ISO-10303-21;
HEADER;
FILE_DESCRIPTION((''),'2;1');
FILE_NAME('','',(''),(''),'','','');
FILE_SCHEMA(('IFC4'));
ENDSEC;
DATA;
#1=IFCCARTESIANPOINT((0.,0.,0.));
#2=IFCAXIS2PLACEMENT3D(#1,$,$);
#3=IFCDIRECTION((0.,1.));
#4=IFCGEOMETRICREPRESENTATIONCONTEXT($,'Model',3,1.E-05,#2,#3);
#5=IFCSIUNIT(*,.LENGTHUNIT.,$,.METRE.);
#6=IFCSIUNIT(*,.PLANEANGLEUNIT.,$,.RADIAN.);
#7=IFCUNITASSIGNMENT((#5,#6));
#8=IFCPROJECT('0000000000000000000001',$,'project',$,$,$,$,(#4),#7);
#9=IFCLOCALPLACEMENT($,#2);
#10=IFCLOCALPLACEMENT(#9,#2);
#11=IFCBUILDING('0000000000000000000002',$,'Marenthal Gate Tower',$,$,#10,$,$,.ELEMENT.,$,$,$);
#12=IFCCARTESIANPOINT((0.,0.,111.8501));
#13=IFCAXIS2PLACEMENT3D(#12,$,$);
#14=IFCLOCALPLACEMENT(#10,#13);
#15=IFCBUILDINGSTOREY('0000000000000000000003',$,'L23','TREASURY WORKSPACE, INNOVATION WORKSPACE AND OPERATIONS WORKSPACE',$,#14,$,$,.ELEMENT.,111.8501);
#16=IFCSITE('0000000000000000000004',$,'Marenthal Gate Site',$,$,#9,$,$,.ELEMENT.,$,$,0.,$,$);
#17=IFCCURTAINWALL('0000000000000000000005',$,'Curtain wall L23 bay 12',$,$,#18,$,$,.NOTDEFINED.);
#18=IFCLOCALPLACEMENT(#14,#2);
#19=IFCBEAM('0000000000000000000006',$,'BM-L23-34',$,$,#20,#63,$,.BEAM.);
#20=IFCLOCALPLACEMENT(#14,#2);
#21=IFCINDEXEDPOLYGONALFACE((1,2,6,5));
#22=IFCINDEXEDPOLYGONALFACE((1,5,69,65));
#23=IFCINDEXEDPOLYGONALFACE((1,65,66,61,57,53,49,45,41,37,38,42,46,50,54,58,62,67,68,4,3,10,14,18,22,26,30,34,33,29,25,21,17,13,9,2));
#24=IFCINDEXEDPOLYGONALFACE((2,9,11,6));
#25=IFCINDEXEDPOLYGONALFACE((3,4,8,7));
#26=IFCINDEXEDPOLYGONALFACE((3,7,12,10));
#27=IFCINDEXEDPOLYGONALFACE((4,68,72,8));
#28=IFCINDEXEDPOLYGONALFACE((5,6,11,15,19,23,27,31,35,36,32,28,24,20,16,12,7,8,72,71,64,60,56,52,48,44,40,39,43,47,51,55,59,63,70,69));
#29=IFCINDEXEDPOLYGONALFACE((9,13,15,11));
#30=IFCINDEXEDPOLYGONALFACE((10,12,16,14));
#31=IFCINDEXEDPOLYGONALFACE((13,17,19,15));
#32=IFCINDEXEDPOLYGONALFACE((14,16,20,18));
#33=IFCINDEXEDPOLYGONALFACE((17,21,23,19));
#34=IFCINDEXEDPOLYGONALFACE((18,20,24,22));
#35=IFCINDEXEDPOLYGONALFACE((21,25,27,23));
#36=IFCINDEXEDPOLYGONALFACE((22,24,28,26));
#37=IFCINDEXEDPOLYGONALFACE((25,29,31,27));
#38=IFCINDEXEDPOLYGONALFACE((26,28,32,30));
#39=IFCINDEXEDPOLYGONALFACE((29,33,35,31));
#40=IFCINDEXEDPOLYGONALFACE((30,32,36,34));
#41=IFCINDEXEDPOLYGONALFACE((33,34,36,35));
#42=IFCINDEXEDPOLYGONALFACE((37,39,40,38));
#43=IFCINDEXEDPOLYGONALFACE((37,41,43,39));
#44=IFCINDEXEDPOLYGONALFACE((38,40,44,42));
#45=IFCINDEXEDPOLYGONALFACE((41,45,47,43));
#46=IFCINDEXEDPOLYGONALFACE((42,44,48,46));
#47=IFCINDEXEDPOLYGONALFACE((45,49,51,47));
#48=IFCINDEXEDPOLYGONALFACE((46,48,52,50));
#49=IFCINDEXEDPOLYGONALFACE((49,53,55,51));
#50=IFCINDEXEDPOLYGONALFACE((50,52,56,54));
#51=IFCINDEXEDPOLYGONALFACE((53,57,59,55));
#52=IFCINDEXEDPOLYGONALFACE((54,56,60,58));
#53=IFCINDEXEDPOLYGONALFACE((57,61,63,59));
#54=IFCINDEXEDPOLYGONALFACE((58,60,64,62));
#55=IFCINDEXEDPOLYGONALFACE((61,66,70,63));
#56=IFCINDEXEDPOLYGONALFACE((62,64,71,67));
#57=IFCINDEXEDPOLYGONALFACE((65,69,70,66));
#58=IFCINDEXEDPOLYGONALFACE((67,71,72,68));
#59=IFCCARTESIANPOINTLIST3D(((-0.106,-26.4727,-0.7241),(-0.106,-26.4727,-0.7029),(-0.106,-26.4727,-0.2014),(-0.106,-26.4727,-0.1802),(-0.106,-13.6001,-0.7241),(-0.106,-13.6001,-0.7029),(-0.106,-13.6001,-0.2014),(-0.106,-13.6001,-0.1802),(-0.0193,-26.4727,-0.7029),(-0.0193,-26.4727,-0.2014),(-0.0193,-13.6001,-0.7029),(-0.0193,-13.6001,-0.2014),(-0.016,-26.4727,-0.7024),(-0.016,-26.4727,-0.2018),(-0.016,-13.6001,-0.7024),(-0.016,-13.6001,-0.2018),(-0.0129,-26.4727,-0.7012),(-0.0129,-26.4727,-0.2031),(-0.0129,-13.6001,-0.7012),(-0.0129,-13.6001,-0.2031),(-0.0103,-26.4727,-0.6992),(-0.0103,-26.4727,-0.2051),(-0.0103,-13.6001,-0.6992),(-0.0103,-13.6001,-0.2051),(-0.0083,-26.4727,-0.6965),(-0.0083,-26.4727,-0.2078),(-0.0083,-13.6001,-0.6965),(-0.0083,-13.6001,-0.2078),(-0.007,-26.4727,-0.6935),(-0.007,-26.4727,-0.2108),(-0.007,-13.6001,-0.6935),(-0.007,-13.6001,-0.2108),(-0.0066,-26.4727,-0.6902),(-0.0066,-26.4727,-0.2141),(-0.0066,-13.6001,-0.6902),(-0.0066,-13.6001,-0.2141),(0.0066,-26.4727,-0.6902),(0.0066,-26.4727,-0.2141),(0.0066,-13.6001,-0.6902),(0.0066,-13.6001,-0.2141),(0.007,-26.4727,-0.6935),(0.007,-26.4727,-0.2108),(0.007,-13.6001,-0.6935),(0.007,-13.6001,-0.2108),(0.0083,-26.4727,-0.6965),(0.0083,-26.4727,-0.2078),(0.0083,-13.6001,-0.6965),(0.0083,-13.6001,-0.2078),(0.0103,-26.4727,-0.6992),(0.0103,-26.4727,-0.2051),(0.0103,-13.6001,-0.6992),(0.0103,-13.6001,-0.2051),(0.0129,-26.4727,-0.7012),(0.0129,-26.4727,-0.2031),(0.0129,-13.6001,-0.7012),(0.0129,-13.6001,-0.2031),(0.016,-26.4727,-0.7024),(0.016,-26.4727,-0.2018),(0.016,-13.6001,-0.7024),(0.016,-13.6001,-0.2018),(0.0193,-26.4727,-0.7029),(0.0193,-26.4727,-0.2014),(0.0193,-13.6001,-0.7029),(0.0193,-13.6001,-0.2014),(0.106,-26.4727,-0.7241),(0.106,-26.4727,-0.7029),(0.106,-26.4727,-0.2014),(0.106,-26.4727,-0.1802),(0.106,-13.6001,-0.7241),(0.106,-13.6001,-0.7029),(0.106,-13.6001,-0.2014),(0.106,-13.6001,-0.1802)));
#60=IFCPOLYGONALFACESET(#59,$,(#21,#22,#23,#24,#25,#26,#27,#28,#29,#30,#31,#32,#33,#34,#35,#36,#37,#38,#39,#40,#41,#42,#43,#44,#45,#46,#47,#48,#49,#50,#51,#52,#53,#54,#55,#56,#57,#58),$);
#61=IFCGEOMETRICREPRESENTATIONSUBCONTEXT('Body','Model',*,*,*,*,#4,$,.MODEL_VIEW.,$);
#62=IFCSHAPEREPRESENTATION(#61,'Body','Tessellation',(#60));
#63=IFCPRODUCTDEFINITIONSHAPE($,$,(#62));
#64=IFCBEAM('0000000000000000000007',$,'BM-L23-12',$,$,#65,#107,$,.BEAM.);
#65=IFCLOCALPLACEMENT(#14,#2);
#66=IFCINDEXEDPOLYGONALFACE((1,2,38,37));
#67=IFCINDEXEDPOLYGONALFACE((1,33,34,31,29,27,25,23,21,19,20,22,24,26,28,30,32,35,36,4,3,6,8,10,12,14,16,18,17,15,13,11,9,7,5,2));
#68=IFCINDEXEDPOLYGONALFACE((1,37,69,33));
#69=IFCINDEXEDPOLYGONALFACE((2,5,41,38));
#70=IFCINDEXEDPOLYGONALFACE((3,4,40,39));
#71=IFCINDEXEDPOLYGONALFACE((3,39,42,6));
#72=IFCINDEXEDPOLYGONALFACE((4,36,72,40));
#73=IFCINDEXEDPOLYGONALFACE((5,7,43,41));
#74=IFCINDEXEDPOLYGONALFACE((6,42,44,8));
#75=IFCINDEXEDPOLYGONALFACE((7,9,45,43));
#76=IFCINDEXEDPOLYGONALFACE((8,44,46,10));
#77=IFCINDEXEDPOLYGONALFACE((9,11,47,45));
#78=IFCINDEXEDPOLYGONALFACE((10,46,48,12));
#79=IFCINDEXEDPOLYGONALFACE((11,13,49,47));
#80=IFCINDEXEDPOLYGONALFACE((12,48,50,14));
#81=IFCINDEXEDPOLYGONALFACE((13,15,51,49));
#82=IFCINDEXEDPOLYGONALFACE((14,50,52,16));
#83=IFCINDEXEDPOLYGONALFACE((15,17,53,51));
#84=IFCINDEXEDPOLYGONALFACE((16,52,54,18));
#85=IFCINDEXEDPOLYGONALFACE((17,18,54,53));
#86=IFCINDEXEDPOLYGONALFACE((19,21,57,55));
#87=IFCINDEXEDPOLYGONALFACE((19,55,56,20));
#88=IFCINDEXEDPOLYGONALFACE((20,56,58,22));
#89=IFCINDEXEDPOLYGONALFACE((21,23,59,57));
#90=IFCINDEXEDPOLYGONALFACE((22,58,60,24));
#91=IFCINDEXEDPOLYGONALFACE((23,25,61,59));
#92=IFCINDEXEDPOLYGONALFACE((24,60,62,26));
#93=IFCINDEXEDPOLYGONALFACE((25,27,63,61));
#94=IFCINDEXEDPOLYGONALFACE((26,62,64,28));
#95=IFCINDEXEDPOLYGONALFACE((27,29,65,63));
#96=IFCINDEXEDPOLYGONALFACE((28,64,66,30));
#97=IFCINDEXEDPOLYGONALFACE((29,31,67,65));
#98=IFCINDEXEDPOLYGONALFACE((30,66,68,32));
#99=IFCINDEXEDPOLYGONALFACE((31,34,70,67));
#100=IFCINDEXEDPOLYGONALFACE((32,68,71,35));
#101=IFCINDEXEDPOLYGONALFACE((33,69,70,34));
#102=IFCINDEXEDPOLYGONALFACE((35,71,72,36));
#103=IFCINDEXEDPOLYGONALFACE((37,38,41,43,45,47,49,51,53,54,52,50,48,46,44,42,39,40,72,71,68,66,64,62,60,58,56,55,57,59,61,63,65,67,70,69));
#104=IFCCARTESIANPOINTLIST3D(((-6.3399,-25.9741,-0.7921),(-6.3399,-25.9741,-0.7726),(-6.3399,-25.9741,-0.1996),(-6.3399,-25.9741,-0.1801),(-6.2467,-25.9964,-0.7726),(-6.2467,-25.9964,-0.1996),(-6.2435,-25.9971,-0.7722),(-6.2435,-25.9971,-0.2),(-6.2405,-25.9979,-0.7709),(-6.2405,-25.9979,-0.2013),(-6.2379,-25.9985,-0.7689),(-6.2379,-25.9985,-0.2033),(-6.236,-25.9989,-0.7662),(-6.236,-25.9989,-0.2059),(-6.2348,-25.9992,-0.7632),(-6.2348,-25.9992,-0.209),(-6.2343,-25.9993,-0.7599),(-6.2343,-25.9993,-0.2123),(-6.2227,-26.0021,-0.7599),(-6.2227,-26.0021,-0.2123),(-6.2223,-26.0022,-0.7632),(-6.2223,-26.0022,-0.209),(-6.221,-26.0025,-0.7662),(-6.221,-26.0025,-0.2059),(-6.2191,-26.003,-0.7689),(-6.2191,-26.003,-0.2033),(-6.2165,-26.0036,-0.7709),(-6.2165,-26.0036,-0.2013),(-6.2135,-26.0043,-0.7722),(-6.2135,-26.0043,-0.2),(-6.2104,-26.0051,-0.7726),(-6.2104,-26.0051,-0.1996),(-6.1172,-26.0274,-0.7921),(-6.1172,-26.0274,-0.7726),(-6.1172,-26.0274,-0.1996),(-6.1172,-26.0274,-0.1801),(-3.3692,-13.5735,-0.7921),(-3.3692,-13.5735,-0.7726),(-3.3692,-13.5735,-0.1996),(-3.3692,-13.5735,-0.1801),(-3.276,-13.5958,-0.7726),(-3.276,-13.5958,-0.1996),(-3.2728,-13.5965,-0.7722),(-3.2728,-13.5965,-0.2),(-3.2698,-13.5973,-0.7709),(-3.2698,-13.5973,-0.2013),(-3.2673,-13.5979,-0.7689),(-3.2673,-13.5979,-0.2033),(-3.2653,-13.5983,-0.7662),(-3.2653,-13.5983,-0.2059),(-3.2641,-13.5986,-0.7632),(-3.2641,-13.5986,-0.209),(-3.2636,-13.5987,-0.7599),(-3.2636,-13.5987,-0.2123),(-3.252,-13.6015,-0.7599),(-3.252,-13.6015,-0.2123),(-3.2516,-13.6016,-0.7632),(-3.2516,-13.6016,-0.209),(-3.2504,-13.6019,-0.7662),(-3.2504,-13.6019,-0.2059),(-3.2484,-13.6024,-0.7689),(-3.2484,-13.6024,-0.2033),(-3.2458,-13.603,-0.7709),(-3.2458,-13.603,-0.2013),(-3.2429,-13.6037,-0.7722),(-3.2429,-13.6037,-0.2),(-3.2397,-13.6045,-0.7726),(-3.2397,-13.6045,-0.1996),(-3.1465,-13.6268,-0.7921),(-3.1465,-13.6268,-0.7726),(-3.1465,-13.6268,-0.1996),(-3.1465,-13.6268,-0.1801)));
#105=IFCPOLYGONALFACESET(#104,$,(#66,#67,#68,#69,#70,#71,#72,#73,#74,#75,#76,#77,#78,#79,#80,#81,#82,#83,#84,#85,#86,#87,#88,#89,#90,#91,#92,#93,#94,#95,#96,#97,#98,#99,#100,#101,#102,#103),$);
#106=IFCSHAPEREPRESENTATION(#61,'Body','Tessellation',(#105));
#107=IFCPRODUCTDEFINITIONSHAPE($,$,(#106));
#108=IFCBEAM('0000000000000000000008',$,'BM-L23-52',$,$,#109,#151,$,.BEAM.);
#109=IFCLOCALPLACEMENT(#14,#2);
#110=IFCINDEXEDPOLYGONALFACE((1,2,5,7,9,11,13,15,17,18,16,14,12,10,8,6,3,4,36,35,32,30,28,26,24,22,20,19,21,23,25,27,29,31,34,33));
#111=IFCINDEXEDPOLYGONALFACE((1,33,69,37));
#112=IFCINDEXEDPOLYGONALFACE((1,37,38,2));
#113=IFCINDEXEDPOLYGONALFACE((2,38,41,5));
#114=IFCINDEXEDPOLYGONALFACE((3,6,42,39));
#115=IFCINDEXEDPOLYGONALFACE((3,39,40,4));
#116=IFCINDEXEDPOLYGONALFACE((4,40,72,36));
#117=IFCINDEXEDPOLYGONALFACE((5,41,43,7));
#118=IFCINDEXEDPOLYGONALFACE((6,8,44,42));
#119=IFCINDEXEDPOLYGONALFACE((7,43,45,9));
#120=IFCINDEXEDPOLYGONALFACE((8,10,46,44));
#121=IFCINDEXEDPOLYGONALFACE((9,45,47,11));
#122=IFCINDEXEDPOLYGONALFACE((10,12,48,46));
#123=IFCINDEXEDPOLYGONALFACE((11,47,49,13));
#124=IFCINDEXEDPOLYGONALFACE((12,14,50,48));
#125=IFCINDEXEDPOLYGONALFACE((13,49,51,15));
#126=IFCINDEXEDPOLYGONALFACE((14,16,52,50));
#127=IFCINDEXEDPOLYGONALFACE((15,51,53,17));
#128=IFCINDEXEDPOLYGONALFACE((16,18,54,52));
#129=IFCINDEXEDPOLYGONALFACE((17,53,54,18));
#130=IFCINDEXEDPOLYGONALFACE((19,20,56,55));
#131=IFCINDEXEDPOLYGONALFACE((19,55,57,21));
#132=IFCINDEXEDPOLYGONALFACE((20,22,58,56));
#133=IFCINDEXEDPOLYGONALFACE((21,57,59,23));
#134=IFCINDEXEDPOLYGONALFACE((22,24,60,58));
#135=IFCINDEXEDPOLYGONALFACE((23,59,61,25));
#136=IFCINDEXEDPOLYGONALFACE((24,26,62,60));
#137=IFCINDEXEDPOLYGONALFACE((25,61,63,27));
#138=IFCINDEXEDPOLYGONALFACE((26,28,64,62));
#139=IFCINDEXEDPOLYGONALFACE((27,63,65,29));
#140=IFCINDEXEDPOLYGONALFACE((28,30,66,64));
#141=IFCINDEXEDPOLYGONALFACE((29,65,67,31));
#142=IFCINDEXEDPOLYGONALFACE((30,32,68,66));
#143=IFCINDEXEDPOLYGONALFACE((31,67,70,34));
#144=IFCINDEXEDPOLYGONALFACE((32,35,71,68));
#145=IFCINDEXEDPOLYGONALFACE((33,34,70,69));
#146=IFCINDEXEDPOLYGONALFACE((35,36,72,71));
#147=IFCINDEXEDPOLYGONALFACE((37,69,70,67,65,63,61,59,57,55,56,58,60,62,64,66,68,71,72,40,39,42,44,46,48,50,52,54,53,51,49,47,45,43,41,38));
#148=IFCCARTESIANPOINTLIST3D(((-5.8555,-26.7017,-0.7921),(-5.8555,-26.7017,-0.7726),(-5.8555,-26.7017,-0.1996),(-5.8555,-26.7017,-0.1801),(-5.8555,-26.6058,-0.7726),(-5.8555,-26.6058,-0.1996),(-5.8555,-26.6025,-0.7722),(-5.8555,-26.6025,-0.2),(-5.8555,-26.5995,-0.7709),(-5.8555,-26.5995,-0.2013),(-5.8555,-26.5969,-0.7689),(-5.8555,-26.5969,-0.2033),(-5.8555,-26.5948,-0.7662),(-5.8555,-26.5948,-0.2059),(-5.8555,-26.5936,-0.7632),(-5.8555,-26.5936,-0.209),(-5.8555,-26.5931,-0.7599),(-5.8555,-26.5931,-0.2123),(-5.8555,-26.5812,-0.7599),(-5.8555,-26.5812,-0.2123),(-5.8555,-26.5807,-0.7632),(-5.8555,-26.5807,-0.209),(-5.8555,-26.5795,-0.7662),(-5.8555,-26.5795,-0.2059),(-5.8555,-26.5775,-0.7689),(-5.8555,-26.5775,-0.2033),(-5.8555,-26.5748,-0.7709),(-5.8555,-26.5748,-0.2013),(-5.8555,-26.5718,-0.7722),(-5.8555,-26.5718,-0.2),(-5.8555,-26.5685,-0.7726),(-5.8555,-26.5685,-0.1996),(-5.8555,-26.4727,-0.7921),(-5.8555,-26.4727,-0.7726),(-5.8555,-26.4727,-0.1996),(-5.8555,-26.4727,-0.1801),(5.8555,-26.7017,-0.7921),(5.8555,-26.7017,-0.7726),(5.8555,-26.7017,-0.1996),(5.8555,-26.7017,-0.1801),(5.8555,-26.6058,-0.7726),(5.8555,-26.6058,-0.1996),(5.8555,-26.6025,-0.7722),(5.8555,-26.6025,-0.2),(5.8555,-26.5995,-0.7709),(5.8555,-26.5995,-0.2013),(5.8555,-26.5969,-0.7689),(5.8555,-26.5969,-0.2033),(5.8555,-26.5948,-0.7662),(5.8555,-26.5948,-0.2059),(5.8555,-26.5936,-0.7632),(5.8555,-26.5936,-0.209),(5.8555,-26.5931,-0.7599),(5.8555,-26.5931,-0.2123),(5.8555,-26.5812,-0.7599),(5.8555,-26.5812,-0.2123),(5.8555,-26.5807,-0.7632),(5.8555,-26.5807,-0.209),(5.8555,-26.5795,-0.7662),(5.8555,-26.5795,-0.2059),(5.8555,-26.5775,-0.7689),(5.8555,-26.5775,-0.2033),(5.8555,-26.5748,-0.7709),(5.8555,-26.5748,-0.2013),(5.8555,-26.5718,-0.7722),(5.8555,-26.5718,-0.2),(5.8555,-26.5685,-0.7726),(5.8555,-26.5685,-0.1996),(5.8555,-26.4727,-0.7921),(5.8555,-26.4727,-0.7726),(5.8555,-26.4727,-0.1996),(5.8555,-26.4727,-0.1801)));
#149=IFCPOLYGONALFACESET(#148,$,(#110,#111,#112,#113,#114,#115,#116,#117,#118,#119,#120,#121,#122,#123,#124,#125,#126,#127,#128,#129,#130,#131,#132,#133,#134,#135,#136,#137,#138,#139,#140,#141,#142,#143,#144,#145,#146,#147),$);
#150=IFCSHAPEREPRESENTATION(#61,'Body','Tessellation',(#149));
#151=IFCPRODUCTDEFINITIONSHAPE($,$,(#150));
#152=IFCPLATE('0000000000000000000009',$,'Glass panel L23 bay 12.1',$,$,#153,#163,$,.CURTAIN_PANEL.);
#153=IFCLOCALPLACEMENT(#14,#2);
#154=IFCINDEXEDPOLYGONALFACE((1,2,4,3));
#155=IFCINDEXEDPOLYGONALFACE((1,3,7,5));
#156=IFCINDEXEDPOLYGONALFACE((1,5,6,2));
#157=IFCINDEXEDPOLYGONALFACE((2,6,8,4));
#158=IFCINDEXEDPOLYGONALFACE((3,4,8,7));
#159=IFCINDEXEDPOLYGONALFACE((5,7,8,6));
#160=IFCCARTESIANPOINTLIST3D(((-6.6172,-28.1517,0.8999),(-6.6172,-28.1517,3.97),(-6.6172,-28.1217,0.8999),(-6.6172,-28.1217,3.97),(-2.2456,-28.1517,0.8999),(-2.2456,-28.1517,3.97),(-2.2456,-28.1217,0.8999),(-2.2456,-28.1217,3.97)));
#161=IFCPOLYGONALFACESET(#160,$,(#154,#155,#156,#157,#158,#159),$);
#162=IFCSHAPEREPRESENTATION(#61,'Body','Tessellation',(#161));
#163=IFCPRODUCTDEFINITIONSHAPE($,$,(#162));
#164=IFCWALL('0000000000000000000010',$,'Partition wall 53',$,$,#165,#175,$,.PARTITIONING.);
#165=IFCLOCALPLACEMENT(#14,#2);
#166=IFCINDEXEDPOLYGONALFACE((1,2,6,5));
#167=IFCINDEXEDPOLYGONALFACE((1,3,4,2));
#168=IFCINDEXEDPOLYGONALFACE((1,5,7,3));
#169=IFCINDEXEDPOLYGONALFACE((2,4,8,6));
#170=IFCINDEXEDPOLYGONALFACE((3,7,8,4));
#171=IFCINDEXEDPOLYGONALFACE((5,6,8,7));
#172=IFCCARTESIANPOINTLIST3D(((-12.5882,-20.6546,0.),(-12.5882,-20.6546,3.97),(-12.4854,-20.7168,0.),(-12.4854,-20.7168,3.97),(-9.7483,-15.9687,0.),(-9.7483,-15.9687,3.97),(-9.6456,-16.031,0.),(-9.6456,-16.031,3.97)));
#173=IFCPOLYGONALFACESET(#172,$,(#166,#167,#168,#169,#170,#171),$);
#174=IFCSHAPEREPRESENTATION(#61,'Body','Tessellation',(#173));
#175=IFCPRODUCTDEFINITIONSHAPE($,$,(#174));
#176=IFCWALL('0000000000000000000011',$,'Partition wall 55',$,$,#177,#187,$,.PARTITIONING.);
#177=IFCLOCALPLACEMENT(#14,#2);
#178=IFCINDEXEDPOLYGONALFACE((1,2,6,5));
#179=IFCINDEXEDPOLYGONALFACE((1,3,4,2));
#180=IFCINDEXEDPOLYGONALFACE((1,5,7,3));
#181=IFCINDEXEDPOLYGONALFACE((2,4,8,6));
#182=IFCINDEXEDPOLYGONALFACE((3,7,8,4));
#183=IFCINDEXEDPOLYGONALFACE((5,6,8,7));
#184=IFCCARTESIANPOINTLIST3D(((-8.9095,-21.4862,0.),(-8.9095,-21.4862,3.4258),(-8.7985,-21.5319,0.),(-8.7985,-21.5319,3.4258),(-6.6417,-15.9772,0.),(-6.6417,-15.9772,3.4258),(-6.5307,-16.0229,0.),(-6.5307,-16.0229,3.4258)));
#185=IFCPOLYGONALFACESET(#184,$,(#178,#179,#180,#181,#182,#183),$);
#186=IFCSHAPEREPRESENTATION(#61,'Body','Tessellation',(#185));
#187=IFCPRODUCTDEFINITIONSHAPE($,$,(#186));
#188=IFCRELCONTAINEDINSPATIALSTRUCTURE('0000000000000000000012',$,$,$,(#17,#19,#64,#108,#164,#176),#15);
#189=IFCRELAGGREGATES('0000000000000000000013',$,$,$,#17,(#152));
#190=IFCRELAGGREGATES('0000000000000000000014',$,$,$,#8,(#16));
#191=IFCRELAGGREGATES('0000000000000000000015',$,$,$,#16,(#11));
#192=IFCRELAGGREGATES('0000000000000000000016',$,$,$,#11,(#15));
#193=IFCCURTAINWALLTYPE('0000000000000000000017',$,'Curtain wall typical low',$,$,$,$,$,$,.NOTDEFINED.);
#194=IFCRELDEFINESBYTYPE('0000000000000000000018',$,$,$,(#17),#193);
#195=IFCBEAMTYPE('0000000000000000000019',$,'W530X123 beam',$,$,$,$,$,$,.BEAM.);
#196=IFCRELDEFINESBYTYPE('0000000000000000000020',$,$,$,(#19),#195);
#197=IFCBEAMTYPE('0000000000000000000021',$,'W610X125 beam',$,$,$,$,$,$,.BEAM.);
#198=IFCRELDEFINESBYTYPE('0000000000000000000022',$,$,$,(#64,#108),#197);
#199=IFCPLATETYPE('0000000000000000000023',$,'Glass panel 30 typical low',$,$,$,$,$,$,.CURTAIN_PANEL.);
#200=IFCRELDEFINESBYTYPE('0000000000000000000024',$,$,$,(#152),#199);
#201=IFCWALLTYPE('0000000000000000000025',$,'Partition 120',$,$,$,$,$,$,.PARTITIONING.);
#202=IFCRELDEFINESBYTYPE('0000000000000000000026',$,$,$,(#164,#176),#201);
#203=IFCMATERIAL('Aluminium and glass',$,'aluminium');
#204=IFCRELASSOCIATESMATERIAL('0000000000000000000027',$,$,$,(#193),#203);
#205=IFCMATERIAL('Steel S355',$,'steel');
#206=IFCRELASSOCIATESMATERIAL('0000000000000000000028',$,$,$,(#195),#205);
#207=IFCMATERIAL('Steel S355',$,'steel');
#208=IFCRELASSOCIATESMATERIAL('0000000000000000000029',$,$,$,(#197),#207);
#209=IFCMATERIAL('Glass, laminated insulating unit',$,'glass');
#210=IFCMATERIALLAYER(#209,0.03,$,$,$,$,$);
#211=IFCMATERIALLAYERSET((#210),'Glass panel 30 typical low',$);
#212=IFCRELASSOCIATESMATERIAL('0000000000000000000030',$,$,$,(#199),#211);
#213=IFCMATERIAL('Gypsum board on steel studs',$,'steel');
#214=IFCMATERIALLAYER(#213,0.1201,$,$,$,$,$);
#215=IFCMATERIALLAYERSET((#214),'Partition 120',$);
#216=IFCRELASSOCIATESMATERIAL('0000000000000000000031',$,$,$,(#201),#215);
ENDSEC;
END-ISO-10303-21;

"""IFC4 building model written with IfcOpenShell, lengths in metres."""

from ifc_helpers import new_model, si_unit, direction, frame, frame_2d, origin, origin_2d, place, context, subcontext, project, spatial, rectangle, i_section, extrude, material, layer, layer_set, material_profile, profile_set, type_object, element, aggregate, save


model = new_model("IFC4")

# Units and contexts
model_context = context("Model", 3, precision=1e-05, world=origin(), true_north=direction((0.0, 1.0)))
body_context = subcontext(model_context, "Body", "Model", "MODEL_VIEW")
ifc_project = project(units=[si_unit("LENGTHUNIT", "METRE"), si_unit("PLANEANGLEUNIT", "RADIAN")], contexts=[model_context])

# Site, building, storey
site_placement = place(None, origin())
site = spatial("IfcSite", under=ifc_project, at=site_placement, Name="Marenthal Gate Site", CompositionType="ELEMENT", RefElevation=0.0)
building_placement = place(site_placement, origin())
building = spatial("IfcBuilding", under=site, at=building_placement, Name="Marenthal Gate Tower", CompositionType="ELEMENT")
storey_placement = place(building_placement, frame((0.0, 0.0, 111.8501)))
storey = spatial("IfcBuildingStorey", under=building, at=storey_placement, Name="L23", Description="TREASURY WORKSPACE, INNOVATION WORKSPACE AND OPERATIONS WORKSPACE", CompositionType="ELEMENT", Elevation=111.8501)

# Curtain wall
ifc_material_1 = material(Name="Aluminium and glass", Category="aluminium")
curtain_wall_type = type_object("IfcCurtainWallType", Name="Curtain wall typical low", PredefinedType="NOTDEFINED", material=ifc_material_1)
curtain_wall_placement = place(storey_placement, origin())
curtain_wall = element("IfcCurtainWall", 1, at=curtain_wall_placement, inside=storey, type_object=curtain_wall_type, Name="Curtain wall L23 bay 12", PredefinedType="NOTDEFINED")

# Beams
ifc_material_2 = material(Name="Steel S355", Category="steel")
ifc_material_profile_1 = material_profile(ifc_material_2, i_section(OverallWidth=0.2119, OverallDepth=0.5439, WebThickness=0.0132, FlangeThickness=0.0212, FilletRadius=0.0127, at=origin_2d()), Name="W530X123")
ifc_profile_set_1 = profile_set([ifc_material_profile_1], Name="Steel S355")
beam_type_1 = type_object("IfcBeamType", Name="W530X123 beam", PredefinedType="BEAM", material=ifc_profile_set_1)
beam_1_placement = place(storey_placement, frame((0.0, -26.4727, -0.4521), z_axis=(0.0, 1.0, 0.0), x_axis=(-1.0, 0.0, 0.0)))
element("IfcBeam", 2, at=beam_1_placement, inside=storey, type_object=beam_type_1, Name="BM-L23-34", PredefinedType="BEAM", context=body_context, shape_type="SweptSolid", body=[
    extrude(i_section(OverallWidth=0.2119, OverallDepth=0.5439, WebThickness=0.0132, FlangeThickness=0.0212, FilletRadius=0.0127, at=origin_2d()), origin(), (0.0, 0.0, 1.0), 12.8726),
])
ifc_material_3 = material(Name="Steel S355", Category="steel")
ifc_material_profile_2 = material_profile(ifc_material_3, i_section(OverallWidth=0.229, OverallDepth=0.6121, WebThickness=0.012, FlangeThickness=0.0195, FilletRadius=0.0127, at=origin_2d()), Name="W610X125")
ifc_profile_set_2 = profile_set([ifc_material_profile_2], Name="Steel S355")
beam_type_2 = type_object("IfcBeamType", Name="W610X125 beam", PredefinedType="BEAM", material=ifc_profile_set_2)
beam_2_placement = place(storey_placement, frame((-6.2285, -26.0007, -0.4861), z_axis=(0.232969, 0.972484, 0.0), x_axis=(-0.972484, 0.232969, 0.0)))
element("IfcBeam", 3, at=beam_2_placement, inside=storey, type_object=beam_type_2, Name="BM-L23-12", PredefinedType="BEAM", context=body_context, shape_type="SweptSolid", body=[
    extrude(i_section(OverallWidth=0.229, OverallDepth=0.6121, WebThickness=0.012, FlangeThickness=0.0195, FilletRadius=0.0127, at=origin_2d()), origin(), (0.0, 0.0, 1.0), 12.7515),
])
beam_3_placement = place(storey_placement, frame((-5.8555, -26.5872, -0.4861), z_axis=(1.0, 0.0, 0.0), x_axis=(0.0, 1.0, 0.0)))
element("IfcBeam", 4, at=beam_3_placement, inside=storey, type_object=beam_type_2, Name="BM-L23-52", PredefinedType="BEAM", context=body_context, shape_type="SweptSolid", body=[
    extrude(i_section(OverallWidth=0.229, OverallDepth=0.6121, WebThickness=0.012, FlangeThickness=0.0195, FilletRadius=0.0127, at=origin_2d()), origin(), (0.0, 0.0, 1.0), 11.7109),
])

# Plate
ifc_material_4 = material(Name="Glass, laminated insulating unit", Category="glass")
ifc_layer_1 = layer(ifc_material_4, 0.03)
ifc_layer_set_1 = layer_set([ifc_layer_1], Name="Glass panel 30 typical low")
plate_type = type_object("IfcPlateType", Name="Glass panel 30 typical low", PredefinedType="CURTAIN_PANEL", material=ifc_layer_set_1)
plate_placement = place(storey_placement, frame((-4.4314, -28.1367, 0.8999), z_axis=(0.0, 0.0, 1.0), x_axis=(1.0, 0.0, 0.0)))
plate = element("IfcPlate", 5, at=plate_placement, type_object=plate_type, Name="Glass panel L23 bay 12.1", PredefinedType="CURTAIN_PANEL", context=body_context, shape_type="SweptSolid", body=[
    extrude(rectangle(XDim=4.3716, YDim=0.03, at=origin_2d()), origin(), (0.0, 0.0, 1.0), 3.0701),
])
aggregate(curtain_wall, [plate])

# Walls
ifc_material_5 = material(Name="Gypsum board on steel studs", Category="steel")
ifc_layer_2 = layer(ifc_material_5, 0.1201)
ifc_layer_set_2 = layer_set([ifc_layer_2], Name="Partition 120")
wall_type = type_object("IfcWallType", Name="Partition 120", PredefinedType="PARTITIONING", material=ifc_layer_set_2)
wall_1_placement = place(storey_placement, frame((-12.5369, -20.6858, 0.0), z_axis=(0.0, 0.0, 1.0), x_axis=(0.518298, 0.8552, 0.0)))
element("IfcWall", 6, at=wall_1_placement, inside=storey, type_object=wall_type, Name="Partition wall 53", PredefinedType="PARTITIONING", context=body_context, shape_type="SweptSolid", body=[
    extrude(rectangle(XDim=5.4792, YDim=0.1201, at=frame_2d((2.7397, 0.0))), origin(), (0.0, 0.0, 1.0), 3.97),
])
wall_2_placement = place(storey_placement, frame((-8.854, -21.509, 0.0), z_axis=(0.0, 0.0, 1.0), x_axis=(0.380663, 0.924714, 0.0)))
element("IfcWall", 7, at=wall_2_placement, inside=storey, type_object=wall_type, Name="Partition wall 55", PredefinedType="PARTITIONING", context=body_context, shape_type="SweptSolid", body=[
    extrude(rectangle(XDim=5.9575, YDim=0.1201, at=frame_2d((2.9788, 0.0))), origin(), (0.0, 0.0, 1.0), 3.4258),
])

save(model, "model.ifc")
